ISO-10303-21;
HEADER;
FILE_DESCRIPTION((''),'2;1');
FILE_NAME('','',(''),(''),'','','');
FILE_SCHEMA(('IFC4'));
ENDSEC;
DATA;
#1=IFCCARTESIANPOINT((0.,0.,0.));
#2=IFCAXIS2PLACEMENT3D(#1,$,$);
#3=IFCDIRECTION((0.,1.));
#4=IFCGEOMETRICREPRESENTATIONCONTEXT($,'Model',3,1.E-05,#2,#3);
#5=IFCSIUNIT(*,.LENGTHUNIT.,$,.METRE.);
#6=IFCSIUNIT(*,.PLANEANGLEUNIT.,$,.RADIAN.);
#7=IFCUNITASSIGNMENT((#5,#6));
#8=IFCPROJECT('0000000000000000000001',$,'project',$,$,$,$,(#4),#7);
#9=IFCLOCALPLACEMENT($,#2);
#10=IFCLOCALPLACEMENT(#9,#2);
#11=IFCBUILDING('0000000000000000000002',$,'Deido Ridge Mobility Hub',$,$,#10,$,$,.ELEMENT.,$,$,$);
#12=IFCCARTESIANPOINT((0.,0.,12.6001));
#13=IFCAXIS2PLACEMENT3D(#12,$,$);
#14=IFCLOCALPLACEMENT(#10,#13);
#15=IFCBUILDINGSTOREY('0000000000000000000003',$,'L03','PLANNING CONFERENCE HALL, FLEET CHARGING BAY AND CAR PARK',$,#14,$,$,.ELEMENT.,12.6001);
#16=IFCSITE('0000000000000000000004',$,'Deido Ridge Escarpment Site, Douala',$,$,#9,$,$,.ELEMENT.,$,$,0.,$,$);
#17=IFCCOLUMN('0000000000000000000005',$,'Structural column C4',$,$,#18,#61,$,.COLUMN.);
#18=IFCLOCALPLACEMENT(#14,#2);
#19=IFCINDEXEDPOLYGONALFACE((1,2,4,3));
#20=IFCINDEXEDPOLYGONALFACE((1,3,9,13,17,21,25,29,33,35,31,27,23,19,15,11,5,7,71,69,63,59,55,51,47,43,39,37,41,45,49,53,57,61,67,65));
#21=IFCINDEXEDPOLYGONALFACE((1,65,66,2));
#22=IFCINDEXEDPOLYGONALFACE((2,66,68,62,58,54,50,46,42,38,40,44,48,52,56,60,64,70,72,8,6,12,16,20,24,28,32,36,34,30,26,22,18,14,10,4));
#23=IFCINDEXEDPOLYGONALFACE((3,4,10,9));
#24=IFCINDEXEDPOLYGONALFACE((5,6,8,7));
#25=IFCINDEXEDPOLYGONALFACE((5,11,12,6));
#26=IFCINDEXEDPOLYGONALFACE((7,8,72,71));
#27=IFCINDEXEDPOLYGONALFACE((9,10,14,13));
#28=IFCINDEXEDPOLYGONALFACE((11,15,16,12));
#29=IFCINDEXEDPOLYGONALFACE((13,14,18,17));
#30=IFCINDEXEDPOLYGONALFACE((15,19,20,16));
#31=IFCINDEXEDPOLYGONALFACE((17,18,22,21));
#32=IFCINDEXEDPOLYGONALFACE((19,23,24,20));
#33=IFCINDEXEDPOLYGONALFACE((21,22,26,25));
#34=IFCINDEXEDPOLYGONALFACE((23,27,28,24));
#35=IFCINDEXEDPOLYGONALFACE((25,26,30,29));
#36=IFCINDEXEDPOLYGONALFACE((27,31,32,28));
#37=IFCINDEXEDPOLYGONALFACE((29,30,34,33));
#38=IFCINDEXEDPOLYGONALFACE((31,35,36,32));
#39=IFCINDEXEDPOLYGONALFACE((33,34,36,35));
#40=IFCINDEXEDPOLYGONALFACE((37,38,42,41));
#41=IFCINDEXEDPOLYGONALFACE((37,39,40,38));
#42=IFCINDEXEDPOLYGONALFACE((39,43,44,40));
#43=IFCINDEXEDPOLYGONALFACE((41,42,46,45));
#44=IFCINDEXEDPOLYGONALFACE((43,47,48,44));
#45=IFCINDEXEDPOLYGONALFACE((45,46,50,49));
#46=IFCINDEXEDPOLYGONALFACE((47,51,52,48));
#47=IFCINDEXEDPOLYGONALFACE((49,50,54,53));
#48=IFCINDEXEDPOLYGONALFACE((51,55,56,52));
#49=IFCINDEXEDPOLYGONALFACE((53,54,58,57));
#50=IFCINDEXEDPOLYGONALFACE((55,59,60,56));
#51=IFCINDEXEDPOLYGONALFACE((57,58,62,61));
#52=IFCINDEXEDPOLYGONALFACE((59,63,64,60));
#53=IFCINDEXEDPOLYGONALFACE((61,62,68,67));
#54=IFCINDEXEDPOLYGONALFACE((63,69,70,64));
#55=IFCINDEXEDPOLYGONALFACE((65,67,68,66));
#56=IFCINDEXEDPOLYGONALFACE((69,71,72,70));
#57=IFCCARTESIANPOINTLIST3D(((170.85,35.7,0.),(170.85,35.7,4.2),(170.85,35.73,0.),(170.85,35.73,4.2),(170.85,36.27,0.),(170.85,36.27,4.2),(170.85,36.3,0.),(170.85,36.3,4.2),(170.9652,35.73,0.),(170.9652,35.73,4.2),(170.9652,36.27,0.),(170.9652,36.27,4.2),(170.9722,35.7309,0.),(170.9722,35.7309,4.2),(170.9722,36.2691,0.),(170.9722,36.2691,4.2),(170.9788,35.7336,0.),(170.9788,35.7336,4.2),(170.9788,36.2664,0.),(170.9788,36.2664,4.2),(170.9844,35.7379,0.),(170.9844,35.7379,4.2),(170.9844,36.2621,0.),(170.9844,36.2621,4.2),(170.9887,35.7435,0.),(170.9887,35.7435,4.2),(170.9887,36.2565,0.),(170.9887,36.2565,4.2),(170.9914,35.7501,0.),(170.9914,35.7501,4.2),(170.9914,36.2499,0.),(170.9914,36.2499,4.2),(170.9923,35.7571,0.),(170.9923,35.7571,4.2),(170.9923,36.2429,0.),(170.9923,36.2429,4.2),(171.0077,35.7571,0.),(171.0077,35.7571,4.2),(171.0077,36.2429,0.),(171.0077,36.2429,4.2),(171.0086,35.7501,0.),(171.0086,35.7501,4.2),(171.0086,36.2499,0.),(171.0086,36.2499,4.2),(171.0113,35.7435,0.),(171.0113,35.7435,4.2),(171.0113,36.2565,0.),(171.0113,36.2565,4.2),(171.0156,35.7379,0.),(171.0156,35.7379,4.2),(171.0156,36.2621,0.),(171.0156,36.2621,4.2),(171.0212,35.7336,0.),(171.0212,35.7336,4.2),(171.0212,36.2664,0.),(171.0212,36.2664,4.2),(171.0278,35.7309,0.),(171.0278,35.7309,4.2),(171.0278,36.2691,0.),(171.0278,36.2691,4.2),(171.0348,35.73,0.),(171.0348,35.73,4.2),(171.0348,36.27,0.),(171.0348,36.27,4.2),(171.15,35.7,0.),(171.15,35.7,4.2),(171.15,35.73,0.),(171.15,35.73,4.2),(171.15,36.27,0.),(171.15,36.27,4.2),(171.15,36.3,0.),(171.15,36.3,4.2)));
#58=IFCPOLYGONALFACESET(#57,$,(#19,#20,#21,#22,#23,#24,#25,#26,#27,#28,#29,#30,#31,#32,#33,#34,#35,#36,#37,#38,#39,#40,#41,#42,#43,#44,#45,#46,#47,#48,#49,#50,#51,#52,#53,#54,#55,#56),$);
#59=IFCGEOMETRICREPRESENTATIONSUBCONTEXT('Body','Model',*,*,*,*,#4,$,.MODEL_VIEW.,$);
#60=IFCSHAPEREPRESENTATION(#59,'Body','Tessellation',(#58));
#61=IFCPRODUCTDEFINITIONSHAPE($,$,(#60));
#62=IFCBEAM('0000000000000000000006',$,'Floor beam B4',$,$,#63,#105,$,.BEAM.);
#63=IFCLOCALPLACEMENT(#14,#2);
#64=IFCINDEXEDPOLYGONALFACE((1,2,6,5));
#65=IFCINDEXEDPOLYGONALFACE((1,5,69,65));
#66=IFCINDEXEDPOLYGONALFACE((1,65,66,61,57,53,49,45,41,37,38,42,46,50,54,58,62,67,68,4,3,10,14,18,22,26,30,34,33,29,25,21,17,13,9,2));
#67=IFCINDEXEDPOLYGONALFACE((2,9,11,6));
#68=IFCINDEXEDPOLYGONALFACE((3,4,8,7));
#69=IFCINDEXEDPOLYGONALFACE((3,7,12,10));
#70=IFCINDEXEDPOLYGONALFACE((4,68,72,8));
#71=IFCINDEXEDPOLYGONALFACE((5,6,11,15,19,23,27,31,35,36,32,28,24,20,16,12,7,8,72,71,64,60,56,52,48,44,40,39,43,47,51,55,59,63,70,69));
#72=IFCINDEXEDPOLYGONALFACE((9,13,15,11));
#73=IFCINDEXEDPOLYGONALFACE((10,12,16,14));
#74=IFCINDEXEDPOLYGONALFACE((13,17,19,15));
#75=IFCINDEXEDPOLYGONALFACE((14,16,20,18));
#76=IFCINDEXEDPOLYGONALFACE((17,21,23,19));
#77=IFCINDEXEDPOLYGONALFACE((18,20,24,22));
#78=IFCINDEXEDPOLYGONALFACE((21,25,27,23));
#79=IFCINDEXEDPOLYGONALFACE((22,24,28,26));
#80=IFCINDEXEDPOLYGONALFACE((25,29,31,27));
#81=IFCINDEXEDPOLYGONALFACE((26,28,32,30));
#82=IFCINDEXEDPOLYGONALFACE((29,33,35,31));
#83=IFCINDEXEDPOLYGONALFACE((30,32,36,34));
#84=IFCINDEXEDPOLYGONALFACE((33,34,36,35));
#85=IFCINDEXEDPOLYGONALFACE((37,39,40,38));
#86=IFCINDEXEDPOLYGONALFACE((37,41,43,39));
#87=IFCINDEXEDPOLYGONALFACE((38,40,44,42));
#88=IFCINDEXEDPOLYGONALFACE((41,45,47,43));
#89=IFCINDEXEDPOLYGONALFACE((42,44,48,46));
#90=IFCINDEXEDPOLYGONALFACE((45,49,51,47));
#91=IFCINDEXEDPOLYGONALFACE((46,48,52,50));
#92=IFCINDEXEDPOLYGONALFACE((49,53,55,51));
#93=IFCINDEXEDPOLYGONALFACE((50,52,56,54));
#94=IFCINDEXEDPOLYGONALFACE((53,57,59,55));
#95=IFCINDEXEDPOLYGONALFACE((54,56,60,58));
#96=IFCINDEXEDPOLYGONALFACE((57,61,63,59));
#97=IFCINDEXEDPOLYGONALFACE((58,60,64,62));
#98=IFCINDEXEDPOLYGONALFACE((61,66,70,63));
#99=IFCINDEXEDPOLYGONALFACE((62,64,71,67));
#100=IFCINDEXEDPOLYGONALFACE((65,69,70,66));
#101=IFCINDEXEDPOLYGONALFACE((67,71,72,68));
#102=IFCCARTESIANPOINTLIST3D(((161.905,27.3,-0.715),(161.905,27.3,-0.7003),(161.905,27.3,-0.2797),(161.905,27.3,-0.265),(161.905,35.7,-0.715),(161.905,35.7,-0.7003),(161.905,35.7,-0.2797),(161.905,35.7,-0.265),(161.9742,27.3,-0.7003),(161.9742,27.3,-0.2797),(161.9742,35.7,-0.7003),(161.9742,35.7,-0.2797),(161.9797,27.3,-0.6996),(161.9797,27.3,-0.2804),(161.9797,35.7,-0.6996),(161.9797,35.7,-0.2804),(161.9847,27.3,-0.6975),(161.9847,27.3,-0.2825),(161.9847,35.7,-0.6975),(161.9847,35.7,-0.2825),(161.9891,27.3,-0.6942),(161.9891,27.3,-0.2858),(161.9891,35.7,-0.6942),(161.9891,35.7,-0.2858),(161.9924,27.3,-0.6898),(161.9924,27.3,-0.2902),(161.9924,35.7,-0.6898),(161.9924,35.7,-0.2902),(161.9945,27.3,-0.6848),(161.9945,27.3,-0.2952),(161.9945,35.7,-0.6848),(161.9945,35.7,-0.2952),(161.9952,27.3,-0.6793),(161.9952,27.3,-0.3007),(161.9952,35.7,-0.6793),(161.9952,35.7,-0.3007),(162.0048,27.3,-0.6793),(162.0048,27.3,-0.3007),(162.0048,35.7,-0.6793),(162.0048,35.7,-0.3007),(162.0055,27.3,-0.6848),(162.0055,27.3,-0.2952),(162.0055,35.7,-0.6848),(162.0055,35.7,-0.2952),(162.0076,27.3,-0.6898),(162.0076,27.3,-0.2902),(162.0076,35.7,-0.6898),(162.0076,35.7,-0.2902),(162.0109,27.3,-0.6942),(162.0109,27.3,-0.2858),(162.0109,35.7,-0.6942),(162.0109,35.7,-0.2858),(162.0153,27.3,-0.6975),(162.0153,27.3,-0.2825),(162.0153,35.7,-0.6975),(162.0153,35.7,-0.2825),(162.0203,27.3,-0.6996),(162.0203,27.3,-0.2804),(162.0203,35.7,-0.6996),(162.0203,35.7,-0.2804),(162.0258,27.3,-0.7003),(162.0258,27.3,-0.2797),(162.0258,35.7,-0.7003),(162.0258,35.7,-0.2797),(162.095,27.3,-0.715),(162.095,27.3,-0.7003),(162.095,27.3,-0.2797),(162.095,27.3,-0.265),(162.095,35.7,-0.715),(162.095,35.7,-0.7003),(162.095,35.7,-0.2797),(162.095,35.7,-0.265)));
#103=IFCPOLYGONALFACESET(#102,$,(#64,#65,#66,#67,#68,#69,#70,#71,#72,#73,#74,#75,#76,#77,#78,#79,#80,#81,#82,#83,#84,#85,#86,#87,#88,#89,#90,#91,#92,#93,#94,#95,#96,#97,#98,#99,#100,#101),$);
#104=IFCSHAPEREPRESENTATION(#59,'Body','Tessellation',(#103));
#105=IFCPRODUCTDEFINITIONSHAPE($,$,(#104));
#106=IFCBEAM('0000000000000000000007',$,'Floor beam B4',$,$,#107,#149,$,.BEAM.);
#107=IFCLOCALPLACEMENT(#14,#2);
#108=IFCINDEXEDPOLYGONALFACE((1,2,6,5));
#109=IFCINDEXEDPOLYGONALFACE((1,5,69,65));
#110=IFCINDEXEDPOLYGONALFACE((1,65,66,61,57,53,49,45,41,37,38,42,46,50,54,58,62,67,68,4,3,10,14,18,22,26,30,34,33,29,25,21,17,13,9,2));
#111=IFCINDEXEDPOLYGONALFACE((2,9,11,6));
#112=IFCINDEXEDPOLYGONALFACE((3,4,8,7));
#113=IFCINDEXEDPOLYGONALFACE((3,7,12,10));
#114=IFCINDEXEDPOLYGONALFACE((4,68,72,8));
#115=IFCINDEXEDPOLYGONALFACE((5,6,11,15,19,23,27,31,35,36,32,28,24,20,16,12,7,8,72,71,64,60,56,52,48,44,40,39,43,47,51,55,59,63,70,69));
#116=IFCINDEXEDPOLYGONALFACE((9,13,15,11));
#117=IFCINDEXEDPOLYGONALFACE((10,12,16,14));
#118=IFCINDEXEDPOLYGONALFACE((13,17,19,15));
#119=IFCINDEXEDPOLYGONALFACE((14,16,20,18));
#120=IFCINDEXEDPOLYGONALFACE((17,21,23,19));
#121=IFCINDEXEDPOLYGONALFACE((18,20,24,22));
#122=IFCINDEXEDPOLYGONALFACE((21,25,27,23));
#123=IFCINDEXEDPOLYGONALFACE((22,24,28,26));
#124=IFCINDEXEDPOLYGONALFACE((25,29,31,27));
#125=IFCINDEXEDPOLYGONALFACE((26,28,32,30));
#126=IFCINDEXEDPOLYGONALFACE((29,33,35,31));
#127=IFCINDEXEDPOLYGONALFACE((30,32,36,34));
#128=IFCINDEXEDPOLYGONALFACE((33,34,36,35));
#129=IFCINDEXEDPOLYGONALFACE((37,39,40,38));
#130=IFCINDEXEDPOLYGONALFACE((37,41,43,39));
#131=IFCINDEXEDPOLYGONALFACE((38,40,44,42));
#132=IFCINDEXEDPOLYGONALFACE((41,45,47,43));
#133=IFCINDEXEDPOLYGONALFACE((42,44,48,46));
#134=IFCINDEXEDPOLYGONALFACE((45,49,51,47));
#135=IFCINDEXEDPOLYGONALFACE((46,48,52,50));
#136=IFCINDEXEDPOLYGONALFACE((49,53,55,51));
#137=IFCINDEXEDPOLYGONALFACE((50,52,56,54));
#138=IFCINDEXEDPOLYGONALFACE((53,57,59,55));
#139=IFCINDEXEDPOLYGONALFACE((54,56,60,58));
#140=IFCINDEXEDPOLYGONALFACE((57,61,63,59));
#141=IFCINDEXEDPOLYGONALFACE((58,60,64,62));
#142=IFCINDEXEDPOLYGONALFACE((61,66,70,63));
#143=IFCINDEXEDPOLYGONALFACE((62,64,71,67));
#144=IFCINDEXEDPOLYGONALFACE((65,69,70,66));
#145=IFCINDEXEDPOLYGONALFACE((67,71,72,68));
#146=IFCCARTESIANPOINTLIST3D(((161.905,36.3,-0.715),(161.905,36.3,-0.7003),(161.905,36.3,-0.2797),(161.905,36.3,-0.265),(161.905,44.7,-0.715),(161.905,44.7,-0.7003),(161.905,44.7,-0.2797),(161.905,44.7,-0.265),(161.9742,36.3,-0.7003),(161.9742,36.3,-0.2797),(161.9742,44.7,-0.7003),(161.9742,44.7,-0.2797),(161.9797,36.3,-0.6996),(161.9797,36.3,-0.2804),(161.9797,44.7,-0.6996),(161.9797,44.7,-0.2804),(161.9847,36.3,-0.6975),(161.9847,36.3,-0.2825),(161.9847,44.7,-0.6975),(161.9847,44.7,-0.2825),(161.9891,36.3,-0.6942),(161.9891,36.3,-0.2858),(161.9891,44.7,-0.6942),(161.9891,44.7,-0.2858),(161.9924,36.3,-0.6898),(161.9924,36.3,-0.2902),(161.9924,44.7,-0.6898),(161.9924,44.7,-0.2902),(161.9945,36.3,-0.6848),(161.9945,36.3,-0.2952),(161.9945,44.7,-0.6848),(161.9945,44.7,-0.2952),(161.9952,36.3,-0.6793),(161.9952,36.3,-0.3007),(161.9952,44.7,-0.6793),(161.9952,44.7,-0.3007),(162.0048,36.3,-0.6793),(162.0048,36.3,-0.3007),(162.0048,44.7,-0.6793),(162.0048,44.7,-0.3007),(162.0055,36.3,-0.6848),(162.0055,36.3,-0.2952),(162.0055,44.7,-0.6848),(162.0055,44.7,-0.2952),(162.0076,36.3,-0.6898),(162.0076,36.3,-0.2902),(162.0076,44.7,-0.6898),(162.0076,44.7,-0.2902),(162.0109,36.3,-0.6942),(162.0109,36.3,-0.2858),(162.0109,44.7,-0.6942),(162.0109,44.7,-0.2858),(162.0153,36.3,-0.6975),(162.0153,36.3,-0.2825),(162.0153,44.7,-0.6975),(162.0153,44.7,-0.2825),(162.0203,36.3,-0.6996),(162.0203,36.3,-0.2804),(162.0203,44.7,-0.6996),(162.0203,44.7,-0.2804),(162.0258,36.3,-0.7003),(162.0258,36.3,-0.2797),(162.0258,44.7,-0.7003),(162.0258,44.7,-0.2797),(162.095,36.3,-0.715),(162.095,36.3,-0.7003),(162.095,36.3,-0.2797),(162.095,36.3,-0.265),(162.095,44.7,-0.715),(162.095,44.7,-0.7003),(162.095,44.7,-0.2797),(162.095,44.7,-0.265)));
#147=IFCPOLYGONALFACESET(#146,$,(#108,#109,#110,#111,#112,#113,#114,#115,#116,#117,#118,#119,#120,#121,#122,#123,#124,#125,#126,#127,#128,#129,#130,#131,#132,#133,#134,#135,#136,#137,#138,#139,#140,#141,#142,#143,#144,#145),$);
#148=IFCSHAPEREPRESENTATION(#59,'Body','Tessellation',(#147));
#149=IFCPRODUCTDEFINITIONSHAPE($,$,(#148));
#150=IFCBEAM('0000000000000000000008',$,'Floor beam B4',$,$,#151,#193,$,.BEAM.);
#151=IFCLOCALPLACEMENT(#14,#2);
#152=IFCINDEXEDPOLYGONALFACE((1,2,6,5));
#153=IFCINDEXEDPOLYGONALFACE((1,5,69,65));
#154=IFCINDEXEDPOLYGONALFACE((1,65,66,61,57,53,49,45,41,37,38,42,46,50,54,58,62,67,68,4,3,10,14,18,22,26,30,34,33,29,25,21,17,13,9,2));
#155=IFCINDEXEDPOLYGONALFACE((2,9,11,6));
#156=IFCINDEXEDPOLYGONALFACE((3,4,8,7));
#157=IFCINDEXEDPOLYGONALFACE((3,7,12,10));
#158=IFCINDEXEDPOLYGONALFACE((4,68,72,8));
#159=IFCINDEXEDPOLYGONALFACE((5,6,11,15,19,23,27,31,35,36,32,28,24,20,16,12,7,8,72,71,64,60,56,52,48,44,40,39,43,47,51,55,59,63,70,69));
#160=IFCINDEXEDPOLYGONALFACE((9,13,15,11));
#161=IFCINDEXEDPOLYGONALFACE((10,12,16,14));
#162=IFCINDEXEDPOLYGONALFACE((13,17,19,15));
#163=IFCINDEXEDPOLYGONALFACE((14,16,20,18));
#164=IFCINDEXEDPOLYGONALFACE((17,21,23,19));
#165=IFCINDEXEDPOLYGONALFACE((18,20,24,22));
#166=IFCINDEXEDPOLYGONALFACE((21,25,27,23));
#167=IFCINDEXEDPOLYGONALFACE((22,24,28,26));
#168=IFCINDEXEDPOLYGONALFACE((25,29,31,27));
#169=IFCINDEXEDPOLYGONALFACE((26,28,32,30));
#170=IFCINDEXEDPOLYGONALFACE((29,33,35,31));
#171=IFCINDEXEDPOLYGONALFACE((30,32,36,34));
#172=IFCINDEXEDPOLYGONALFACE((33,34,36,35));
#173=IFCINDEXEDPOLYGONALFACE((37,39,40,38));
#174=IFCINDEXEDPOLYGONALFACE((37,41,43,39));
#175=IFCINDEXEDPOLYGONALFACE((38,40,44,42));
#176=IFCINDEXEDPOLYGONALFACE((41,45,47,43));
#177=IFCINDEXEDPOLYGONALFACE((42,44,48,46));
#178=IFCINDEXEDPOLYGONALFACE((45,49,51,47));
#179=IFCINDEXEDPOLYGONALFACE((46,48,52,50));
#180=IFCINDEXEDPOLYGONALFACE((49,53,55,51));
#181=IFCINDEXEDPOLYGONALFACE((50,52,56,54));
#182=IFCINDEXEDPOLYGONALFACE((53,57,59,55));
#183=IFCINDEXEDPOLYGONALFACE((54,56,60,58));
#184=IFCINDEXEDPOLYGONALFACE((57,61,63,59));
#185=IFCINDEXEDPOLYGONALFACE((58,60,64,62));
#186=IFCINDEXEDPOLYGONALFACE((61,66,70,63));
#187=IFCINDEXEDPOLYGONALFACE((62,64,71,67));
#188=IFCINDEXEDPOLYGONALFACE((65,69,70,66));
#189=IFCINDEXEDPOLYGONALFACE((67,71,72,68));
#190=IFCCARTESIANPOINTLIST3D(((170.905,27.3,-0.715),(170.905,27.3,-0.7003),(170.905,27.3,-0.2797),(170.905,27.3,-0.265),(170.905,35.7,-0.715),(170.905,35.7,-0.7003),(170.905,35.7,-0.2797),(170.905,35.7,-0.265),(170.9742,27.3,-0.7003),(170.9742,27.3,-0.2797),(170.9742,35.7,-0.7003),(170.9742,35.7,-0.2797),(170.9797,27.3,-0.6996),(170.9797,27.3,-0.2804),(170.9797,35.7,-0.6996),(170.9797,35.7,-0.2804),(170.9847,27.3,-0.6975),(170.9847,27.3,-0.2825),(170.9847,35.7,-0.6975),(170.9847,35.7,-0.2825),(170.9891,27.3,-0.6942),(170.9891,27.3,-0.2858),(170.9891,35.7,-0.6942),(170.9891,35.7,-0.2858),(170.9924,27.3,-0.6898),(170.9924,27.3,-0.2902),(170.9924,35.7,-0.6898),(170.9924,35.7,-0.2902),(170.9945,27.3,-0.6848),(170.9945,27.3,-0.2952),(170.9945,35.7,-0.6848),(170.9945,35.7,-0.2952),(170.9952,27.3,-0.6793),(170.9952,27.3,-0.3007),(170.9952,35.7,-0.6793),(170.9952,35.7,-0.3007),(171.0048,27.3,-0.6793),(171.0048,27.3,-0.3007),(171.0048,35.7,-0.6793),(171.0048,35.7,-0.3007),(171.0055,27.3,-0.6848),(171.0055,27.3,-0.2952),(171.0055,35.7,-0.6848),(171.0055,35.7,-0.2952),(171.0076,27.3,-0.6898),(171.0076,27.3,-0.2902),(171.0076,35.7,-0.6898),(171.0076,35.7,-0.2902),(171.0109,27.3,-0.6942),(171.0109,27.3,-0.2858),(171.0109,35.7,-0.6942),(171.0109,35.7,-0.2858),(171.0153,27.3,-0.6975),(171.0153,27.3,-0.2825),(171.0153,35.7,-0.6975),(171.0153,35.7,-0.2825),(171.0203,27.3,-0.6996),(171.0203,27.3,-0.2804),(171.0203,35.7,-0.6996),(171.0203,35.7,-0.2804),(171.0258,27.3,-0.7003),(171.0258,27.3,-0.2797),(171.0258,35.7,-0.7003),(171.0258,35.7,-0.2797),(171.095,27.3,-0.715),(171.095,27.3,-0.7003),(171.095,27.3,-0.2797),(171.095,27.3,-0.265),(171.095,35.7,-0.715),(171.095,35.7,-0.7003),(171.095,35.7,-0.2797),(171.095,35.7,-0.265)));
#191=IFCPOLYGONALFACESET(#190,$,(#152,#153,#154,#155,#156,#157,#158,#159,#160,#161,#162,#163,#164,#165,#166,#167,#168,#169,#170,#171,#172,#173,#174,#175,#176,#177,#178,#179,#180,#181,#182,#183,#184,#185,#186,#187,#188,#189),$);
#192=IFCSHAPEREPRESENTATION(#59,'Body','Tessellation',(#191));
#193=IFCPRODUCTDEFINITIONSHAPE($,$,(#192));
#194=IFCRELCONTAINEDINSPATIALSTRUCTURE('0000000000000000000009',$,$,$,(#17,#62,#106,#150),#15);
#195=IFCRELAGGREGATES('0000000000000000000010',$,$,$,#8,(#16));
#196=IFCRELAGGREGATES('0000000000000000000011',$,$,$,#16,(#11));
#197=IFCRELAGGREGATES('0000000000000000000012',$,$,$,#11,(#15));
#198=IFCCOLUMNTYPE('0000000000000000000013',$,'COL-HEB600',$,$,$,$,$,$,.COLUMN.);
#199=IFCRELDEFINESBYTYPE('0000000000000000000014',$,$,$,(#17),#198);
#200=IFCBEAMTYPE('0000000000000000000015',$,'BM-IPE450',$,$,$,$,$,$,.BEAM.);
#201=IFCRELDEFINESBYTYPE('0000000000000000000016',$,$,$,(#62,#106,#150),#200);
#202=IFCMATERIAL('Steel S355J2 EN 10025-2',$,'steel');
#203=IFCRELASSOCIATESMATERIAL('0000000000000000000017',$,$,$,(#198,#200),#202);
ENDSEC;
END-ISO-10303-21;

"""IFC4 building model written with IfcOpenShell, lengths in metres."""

from ifc_helpers import new_model, si_unit, direction, frame, origin, origin_2d, place, context, subcontext, project, spatial, i_section, extrude, material, material_profile, profile_set, type_object, element, save


model = new_model("IFC4")

# Units and contexts
model_context = context("Model", 3, precision=1e-05, world=origin(), true_north=direction((0.0, 1.0)))
body_context = subcontext(model_context, "Body", "Model", "MODEL_VIEW")
ifc_project = project(units=[si_unit("LENGTHUNIT", "METRE"), si_unit("PLANEANGLEUNIT", "RADIAN")], contexts=[model_context])

# Site, building, storey
site_placement = place(None, origin())
site = spatial("IfcSite", under=ifc_project, at=site_placement, Name="Deido Ridge Escarpment Site, Douala", CompositionType="ELEMENT", RefElevation=0.0)
building_placement = place(site_placement, origin())
building = spatial("IfcBuilding", under=site, at=building_placement, Name="Deido Ridge Mobility Hub", CompositionType="ELEMENT")
storey_placement = place(building_placement, frame((0.0, 0.0, 12.6001)))
storey = spatial("IfcBuildingStorey", under=building, at=storey_placement, Name="L03", Description="PLANNING CONFERENCE HALL, FLEET CHARGING BAY AND CAR PARK", CompositionType="ELEMENT", Elevation=12.6001)

# Column
ifc_material_1 = material(Name="Steel S355J2 EN 10025-2", Category="steel")
ifc_material_profile_1 = material_profile(ifc_material_1, i_section(OverallWidth=0.3, OverallDepth=0.6001, WebThickness=0.0154, FlangeThickness=0.03, FilletRadius=0.0271, at=origin_2d()), Name="HEB 600")
ifc_profile_set_1 = profile_set([ifc_material_profile_1], Name="Steel S355J2 EN 10025-2")
column_type = type_object("IfcColumnType", Name="COL-HEB600", PredefinedType="COLUMN", material=ifc_profile_set_1)
for number, where, z_axis, x_axis, name in (
    (1, (171.0, 36.0, 0.0), (0.0, 0.0, 1.0), (1.0, 0.0, 0.0), "Structural column C4"),
):
    element("IfcColumn", number, at=place(storey_placement, frame(where, z_axis=z_axis, x_axis=x_axis)), inside=storey, type_object=column_type, Name=name, PredefinedType="COLUMN", context=body_context, shape_type="SweptSolid", body=[
        extrude(i_section(OverallWidth=0.3, OverallDepth=0.6001, WebThickness=0.0154, FlangeThickness=0.03, FilletRadius=0.0271, at=origin_2d()), origin(), (0.0, 0.0, 1.0), 4.2),
    ])

# Beams
ifc_material_profile_2 = material_profile(ifc_material_1, i_section(OverallWidth=0.1899, OverallDepth=0.45, WebThickness=0.0095, FlangeThickness=0.0146, FilletRadius=0.021, at=origin_2d()), Name="IPE 450")
ifc_profile_set_2 = profile_set([ifc_material_profile_2], Name="Steel S355J2 EN 10025-2")
beam_type_1 = type_object("IfcBeamType", Name="BM-IPE450", PredefinedType="BEAM", material=ifc_profile_set_2)
for number, where, z_axis, x_axis, name in (
    (2, (162.0, 27.3, -0.49), (0.0, 1.0, 0.0), (-1.0, 0.0, 0.0), "Floor beam B4"),
    (3, (162.0, 36.3, -0.49), (0.0, 1.0, 0.0), (-1.0, 0.0, 0.0), "Floor beam B4"),
    (4, (171.0, 27.3, -0.49), (0.0, 1.0, 0.0), (-1.0, 0.0, 0.0), "Floor beam B4"),
):
    element("IfcBeam", number, at=place(storey_placement, frame(where, z_axis=z_axis, x_axis=x_axis)), inside=storey, type_object=beam_type_1, Name=name, PredefinedType="BEAM", context=body_context, shape_type="SweptSolid", body=[
        extrude(i_section(OverallWidth=0.1899, OverallDepth=0.45, WebThickness=0.0095, FlangeThickness=0.0146, FilletRadius=0.021, at=origin_2d()), origin(), (0.0, 0.0, 1.0), 8.3999),
    ])

save(model, "model.ifc")
